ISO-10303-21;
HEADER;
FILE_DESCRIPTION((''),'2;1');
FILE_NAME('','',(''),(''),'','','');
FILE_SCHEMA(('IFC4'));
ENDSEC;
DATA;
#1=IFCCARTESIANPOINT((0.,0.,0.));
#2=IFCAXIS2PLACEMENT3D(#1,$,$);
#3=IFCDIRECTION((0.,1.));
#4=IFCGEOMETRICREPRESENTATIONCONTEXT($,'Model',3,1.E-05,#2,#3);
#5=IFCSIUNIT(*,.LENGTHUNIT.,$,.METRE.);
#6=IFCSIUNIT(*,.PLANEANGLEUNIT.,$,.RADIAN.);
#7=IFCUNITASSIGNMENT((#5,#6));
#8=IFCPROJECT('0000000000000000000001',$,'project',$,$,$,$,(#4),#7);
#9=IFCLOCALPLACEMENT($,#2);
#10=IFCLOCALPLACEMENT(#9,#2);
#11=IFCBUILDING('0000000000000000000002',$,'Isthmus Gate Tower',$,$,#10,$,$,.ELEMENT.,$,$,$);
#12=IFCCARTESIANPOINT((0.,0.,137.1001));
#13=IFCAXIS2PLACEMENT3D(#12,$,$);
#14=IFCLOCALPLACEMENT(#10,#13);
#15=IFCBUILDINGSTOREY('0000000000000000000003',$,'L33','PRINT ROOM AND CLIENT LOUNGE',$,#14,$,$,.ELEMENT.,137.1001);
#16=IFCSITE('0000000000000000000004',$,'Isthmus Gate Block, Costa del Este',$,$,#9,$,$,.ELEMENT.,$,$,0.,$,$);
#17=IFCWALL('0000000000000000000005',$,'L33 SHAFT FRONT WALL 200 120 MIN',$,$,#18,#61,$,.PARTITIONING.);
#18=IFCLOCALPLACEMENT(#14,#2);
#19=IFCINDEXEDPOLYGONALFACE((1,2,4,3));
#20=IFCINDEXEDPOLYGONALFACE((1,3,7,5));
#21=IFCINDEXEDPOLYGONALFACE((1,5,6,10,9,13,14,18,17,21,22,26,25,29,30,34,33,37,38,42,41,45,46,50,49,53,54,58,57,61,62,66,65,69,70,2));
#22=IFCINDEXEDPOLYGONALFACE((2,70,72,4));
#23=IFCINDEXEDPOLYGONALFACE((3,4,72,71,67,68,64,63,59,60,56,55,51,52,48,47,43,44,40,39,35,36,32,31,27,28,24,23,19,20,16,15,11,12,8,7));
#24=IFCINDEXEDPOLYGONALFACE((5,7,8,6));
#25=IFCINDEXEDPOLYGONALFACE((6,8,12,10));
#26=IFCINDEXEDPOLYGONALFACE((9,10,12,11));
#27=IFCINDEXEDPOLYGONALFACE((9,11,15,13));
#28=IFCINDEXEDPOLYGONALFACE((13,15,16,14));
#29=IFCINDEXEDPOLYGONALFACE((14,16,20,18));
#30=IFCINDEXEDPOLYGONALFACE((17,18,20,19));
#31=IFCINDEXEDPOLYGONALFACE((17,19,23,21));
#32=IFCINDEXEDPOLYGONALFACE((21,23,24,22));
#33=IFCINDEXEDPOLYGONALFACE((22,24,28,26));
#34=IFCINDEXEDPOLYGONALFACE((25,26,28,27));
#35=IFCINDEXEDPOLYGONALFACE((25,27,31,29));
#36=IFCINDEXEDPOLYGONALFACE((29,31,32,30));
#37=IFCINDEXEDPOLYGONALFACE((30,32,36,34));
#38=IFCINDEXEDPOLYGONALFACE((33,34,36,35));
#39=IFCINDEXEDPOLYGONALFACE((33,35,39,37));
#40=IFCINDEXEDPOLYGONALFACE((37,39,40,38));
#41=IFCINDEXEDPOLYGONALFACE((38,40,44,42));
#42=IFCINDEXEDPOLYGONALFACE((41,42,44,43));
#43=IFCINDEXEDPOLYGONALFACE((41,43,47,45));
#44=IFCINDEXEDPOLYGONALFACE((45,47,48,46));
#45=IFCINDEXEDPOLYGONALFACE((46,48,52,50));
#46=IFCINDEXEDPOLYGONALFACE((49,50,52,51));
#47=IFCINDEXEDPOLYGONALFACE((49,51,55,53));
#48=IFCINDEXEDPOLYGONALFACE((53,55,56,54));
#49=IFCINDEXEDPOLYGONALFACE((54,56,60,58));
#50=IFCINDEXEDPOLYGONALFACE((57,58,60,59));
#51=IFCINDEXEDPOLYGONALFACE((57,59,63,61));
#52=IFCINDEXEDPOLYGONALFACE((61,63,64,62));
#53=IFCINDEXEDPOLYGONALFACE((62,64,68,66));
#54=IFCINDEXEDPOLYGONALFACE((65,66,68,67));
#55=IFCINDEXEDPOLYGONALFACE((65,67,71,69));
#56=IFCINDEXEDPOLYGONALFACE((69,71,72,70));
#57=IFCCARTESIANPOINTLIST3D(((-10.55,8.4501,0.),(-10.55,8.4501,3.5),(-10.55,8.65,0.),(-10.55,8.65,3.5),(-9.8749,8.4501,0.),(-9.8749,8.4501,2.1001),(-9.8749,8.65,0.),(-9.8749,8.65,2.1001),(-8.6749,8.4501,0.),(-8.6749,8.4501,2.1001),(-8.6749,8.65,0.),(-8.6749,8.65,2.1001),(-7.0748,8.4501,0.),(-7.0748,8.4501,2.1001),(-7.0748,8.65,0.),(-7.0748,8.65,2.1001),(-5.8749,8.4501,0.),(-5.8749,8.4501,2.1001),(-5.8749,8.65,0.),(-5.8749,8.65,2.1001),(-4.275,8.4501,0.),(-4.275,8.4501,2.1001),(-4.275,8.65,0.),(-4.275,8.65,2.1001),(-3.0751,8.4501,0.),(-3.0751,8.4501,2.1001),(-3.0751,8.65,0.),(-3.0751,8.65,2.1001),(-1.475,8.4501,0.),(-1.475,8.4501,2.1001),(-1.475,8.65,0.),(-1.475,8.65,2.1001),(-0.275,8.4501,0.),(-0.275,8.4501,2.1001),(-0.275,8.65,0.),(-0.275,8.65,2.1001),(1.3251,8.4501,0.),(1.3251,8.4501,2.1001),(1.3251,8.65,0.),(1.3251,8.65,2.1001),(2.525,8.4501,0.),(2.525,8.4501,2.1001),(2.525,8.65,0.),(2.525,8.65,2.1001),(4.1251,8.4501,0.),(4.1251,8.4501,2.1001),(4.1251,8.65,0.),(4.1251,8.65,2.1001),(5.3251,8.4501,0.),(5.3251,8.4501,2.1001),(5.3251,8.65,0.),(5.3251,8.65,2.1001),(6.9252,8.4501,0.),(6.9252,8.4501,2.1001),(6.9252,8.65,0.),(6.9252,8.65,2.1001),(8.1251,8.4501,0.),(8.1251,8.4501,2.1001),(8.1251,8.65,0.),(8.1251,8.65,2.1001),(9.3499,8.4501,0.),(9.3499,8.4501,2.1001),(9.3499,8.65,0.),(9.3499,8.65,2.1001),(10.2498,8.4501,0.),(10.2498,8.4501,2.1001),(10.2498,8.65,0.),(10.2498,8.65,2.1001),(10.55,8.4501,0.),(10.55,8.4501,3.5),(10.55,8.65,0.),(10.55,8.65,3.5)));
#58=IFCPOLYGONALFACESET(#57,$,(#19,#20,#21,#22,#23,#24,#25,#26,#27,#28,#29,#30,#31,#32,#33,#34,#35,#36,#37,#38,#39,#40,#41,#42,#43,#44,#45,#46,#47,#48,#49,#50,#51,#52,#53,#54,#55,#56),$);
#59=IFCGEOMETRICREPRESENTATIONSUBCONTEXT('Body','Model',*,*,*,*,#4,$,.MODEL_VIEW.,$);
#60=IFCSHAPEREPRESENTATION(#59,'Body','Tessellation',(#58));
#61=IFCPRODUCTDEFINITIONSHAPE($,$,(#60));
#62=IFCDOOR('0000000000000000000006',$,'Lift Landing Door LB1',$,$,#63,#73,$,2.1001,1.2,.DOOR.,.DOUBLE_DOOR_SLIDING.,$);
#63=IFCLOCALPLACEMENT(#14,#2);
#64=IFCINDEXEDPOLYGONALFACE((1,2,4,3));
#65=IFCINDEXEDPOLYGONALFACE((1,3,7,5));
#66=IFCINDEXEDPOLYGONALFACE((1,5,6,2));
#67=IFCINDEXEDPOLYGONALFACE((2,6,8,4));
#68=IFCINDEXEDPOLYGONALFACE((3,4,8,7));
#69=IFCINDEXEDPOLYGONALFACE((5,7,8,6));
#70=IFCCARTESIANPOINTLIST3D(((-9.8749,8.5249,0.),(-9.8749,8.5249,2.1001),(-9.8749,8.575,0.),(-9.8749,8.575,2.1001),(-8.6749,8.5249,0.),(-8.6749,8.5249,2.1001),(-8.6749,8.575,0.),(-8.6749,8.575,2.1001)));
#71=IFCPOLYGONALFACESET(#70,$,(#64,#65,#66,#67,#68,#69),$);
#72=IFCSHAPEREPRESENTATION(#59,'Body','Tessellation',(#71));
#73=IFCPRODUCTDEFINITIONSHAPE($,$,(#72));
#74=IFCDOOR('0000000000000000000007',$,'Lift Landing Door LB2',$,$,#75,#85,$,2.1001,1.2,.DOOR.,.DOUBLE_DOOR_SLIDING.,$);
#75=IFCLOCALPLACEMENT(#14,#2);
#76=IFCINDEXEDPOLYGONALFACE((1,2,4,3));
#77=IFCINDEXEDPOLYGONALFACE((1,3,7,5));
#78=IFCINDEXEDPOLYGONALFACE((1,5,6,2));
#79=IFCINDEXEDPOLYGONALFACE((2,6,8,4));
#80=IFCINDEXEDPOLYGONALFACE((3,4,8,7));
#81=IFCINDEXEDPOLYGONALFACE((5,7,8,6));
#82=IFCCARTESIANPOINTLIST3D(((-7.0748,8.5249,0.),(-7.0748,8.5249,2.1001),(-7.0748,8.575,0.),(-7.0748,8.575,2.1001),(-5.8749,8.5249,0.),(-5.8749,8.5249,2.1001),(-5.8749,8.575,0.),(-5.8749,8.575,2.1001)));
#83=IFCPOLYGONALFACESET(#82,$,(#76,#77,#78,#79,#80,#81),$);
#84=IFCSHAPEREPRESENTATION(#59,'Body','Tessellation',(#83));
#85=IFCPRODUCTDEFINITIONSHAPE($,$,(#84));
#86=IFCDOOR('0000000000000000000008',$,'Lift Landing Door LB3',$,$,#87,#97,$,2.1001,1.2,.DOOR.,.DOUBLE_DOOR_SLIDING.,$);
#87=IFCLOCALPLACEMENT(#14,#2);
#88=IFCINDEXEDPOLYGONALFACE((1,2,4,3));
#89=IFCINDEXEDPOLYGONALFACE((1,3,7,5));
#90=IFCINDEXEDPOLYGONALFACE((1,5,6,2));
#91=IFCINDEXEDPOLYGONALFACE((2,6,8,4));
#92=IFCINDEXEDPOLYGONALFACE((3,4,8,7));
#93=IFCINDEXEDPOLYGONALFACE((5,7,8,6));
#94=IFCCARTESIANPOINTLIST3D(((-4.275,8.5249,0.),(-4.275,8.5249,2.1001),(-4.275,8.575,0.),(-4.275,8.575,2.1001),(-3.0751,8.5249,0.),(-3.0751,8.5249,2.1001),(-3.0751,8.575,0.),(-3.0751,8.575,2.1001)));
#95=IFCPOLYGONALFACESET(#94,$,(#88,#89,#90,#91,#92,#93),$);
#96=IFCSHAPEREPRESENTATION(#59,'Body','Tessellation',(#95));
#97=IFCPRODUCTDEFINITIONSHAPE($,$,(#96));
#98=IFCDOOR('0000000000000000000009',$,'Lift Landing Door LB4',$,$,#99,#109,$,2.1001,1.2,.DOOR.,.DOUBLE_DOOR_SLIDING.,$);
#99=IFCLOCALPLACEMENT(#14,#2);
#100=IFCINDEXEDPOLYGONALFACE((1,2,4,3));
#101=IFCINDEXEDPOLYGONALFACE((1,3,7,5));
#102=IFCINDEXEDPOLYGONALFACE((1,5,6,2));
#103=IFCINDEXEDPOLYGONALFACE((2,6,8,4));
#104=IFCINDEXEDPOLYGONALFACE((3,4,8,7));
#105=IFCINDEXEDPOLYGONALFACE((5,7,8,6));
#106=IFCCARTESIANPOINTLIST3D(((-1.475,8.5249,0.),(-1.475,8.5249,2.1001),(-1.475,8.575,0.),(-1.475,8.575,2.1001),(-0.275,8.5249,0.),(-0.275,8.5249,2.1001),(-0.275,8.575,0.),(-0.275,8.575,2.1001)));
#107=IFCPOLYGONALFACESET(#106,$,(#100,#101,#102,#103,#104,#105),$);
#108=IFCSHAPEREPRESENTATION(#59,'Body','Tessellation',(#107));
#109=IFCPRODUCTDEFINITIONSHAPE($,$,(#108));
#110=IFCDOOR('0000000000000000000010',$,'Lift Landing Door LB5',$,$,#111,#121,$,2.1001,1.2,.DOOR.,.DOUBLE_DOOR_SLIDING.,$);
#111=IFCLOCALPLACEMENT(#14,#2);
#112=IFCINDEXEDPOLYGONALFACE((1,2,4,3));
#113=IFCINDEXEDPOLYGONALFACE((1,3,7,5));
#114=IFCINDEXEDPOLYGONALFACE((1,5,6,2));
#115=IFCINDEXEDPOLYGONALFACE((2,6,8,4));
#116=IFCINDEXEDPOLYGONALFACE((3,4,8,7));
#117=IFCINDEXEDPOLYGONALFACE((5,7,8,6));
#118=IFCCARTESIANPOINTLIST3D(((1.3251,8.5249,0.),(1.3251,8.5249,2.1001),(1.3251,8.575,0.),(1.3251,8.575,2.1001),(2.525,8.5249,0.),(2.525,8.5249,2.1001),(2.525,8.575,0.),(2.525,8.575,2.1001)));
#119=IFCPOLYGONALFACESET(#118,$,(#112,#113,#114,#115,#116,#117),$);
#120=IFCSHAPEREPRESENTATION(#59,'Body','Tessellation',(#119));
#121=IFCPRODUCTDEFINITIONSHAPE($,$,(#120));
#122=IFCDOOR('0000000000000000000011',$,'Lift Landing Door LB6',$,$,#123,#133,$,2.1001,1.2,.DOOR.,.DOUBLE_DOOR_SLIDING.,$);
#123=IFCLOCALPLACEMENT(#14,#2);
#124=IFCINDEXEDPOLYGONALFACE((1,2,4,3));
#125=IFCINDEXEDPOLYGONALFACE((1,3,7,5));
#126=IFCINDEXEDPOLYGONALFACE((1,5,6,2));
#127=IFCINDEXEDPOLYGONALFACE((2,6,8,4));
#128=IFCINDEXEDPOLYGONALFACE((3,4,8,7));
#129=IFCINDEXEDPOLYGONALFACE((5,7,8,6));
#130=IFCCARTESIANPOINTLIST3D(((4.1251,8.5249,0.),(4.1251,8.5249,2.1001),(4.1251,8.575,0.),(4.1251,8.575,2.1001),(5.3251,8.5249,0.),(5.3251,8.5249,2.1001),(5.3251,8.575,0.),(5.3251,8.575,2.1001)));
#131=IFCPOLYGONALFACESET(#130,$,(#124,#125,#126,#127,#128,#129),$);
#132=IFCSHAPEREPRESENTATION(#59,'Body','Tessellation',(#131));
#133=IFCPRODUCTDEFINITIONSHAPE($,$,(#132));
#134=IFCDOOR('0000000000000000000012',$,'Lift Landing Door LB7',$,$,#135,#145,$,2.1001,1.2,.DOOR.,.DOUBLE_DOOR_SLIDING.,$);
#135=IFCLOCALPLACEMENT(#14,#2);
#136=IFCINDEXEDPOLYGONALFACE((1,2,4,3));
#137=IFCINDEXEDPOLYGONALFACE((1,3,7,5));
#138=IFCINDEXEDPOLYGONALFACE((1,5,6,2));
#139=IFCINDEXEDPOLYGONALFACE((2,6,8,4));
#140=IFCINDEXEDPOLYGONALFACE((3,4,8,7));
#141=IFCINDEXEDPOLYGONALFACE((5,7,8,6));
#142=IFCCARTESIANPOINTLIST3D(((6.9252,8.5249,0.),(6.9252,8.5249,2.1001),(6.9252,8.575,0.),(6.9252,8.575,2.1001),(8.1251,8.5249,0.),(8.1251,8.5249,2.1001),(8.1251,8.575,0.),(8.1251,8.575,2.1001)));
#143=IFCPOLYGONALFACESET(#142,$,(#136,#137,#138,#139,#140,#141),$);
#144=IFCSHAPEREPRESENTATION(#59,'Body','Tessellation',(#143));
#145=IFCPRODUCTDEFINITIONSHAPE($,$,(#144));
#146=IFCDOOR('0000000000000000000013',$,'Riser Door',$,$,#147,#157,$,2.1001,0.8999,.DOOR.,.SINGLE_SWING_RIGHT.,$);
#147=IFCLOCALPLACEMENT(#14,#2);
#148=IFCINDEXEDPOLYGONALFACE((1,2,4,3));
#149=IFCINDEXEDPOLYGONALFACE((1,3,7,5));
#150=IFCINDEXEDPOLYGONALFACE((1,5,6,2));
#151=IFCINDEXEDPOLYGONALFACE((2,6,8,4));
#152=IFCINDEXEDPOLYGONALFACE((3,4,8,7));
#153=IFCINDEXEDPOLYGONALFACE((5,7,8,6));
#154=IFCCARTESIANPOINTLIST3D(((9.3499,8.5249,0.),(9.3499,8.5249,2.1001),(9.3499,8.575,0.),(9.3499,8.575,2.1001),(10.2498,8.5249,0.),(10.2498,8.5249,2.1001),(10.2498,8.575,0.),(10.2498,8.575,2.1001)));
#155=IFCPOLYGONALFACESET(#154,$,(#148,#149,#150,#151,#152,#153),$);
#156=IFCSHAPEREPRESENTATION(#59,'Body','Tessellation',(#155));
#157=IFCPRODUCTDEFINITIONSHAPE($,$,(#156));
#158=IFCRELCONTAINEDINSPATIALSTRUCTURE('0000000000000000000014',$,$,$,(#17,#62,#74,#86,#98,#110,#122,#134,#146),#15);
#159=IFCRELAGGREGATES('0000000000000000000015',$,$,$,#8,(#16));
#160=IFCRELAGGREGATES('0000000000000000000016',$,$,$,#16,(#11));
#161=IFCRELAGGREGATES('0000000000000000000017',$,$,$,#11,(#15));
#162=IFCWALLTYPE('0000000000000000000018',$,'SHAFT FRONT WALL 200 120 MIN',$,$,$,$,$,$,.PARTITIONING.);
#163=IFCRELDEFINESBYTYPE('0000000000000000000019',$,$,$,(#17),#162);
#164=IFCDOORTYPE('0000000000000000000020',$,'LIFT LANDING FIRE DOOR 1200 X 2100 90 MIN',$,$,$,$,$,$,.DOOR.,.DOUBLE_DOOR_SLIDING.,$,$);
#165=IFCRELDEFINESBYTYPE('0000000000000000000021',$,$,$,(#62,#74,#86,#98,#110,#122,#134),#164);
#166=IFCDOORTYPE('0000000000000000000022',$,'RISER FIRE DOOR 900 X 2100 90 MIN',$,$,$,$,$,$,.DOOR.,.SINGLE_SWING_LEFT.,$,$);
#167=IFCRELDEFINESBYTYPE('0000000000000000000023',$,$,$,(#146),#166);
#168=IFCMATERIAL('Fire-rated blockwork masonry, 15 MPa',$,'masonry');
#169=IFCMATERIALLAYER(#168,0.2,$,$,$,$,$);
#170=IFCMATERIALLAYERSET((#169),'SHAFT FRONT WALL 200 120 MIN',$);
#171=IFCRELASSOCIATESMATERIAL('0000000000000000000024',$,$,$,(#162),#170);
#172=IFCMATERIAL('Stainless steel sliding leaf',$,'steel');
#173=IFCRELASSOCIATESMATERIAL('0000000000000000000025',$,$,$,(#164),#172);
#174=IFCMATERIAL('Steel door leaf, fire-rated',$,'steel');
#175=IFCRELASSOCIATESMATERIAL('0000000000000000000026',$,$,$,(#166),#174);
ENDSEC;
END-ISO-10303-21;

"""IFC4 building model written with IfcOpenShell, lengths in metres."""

from ifc_helpers import new_model, si_unit, direction, frame, frame_2d, origin, place, context, subcontext, project, spatial, rectangle, extrude, material, layer, layer_set, type_object, element, fill, save


model = new_model("IFC4")

# Units and contexts
model_context = context("Model", 3, precision=1e-05, world=origin(), true_north=direction((0.0, 1.0)))
body_context = subcontext(model_context, "Body", "Model", "MODEL_VIEW")
ifc_project = project(units=[si_unit("LENGTHUNIT", "METRE"), si_unit("PLANEANGLEUNIT", "RADIAN")], contexts=[model_context])

# Site, building, storey
site_placement = place(None, origin())
site = spatial("IfcSite", under=ifc_project, at=site_placement, Name="Isthmus Gate Block, Costa del Este", CompositionType="ELEMENT", RefElevation=0.0)
building_placement = place(site_placement, origin())
building = spatial("IfcBuilding", under=site, at=building_placement, Name="Isthmus Gate Tower", CompositionType="ELEMENT")
storey_placement = place(building_placement, frame((0.0, 0.0, 137.1001)))
storey = spatial("IfcBuildingStorey", under=building, at=storey_placement, Name="L33", Description="PRINT ROOM AND CLIENT LOUNGE", CompositionType="ELEMENT", Elevation=137.1001)

# Wall, openings, doors
ifc_material_1 = material(Name="Fire-rated blockwork masonry, 15 MPa", Category="masonry")
ifc_layer_1 = layer(ifc_material_1, 0.2)
ifc_layer_set_1 = layer_set([ifc_layer_1], Name="SHAFT FRONT WALL 200 120 MIN")
wall_type_1 = type_object("IfcWallType", Name="SHAFT FRONT WALL 200 120 MIN", PredefinedType="PARTITIONING", material=ifc_layer_set_1)
wall_1_placement = place(storey_placement, frame((-10.55, 8.55, 0.0), z_axis=(0.0, 0.0, 1.0), x_axis=(1.0, 0.0, 0.0)))
wall_1 = element("IfcWall", 1, at=wall_1_placement, inside=storey, type_object=wall_type_1, Name="L33 SHAFT FRONT WALL 200 120 MIN", PredefinedType="PARTITIONING", context=body_context, shape_type="SweptSolid", body=[
    extrude(rectangle(XDim=21.1001, YDim=0.2, at=frame_2d((10.55, 0.0))), origin(), (0.0, 0.0, 1.0), 3.5),
])
opening_1_placement = place(wall_1_placement, frame((0.675, 0.0, 0.0)))
opening_1 = element("IfcOpeningElement", 2, at=opening_1_placement, cuts=wall_1, PredefinedType="OPENING", context=body_context, shape_type="SweptSolid", body=[
    extrude(rectangle(XDim=1.2, YDim=2.1001, at=frame_2d((0.6001, 1.05))), frame((0.0, 0.1099, 0.0), z_axis=(0.0, -1.0, 0.0), x_axis=(1.0, 0.0, 0.0)), (0.0, 0.0, 1.0), 0.22),
])
opening_2_placement = place(wall_1_placement, frame((3.4751, 0.0, 0.0)))
opening_2 = element("IfcOpeningElement", 3, at=opening_2_placement, cuts=wall_1, PredefinedType="OPENING", context=body_context, shape_type="SweptSolid", body=[
    extrude(rectangle(XDim=1.2, YDim=2.1001, at=frame_2d((0.6001, 1.05))), frame((0.0, 0.1099, 0.0), z_axis=(0.0, -1.0, 0.0), x_axis=(1.0, 0.0, 0.0)), (0.0, 0.0, 1.0), 0.22),
])
opening_3_placement = place(wall_1_placement, frame((6.2749, 0.0, 0.0)))
opening_3 = element("IfcOpeningElement", 4, at=opening_3_placement, cuts=wall_1, PredefinedType="OPENING", context=body_context, shape_type="SweptSolid", body=[
    extrude(rectangle(XDim=1.2, YDim=2.1001, at=frame_2d((0.6001, 1.05))), frame((0.0, 0.1099, 0.0), z_axis=(0.0, -1.0, 0.0), x_axis=(1.0, 0.0, 0.0)), (0.0, 0.0, 1.0), 0.22),
])
opening_4_placement = place(wall_1_placement, frame((9.075, 0.0, 0.0)))
opening_4 = element("IfcOpeningElement", 5, at=opening_4_placement, cuts=wall_1, PredefinedType="OPENING", context=body_context, shape_type="SweptSolid", body=[
    extrude(rectangle(XDim=1.2, YDim=2.1001, at=frame_2d((0.6001, 1.05))), frame((0.0, 0.1099, 0.0), z_axis=(0.0, -1.0, 0.0), x_axis=(1.0, 0.0, 0.0)), (0.0, 0.0, 1.0), 0.22),
])
opening_5_placement = place(wall_1_placement, frame((11.875, 0.0, 0.0)))
opening_5 = element("IfcOpeningElement", 6, at=opening_5_placement, cuts=wall_1, PredefinedType="OPENING", context=body_context, shape_type="SweptSolid", body=[
    extrude(rectangle(XDim=1.2, YDim=2.1001, at=frame_2d((0.6001, 1.05))), frame((0.0, 0.1099, 0.0), z_axis=(0.0, -1.0, 0.0), x_axis=(1.0, 0.0, 0.0)), (0.0, 0.0, 1.0), 0.22),
])
opening_6_placement = place(wall_1_placement, frame((14.675, 0.0, 0.0)))
opening_6 = element("IfcOpeningElement", 7, at=opening_6_placement, cuts=wall_1, PredefinedType="OPENING", context=body_context, shape_type="SweptSolid", body=[
    extrude(rectangle(XDim=1.2, YDim=2.1001, at=frame_2d((0.6001, 1.05))), frame((0.0, 0.1099, 0.0), z_axis=(0.0, -1.0, 0.0), x_axis=(1.0, 0.0, 0.0)), (0.0, 0.0, 1.0), 0.22),
])
opening_7_placement = place(wall_1_placement, frame((17.4751, 0.0, 0.0)))
opening_7 = element("IfcOpeningElement", 8, at=opening_7_placement, cuts=wall_1, PredefinedType="OPENING", context=body_context, shape_type="SweptSolid", body=[
    extrude(rectangle(XDim=1.2, YDim=2.1001, at=frame_2d((0.6001, 1.05))), frame((0.0, 0.1099, 0.0), z_axis=(0.0, -1.0, 0.0), x_axis=(1.0, 0.0, 0.0)), (0.0, 0.0, 1.0), 0.22),
])
opening_8_placement = place(wall_1_placement, frame((19.8999, 0.0, 0.0)))
opening_8 = element("IfcOpeningElement", 9, at=opening_8_placement, cuts=wall_1, PredefinedType="OPENING", context=body_context, shape_type="SweptSolid", body=[
    extrude(rectangle(XDim=0.8999, YDim=2.1001, at=frame_2d((0.45, 1.05))), frame((0.0, 0.1099, 0.0), z_axis=(0.0, -1.0, 0.0), x_axis=(1.0, 0.0, 0.0)), (0.0, 0.0, 1.0), 0.22),
])
ifc_material_2 = material(Name="Stainless steel sliding leaf", Category="steel")
door_type_1 = type_object("IfcDoorType", Name="LIFT LANDING FIRE DOOR 1200 X 2100 90 MIN", OperationType="DOUBLE_DOOR_SLIDING", PredefinedType="DOOR", material=ifc_material_2)
door_1_placement = place(opening_1_placement, origin())
door_1 = element("IfcDoor", 10, at=door_1_placement, inside=storey, type_object=door_type_1, Name="Lift Landing Door LB1", OperationType="DOUBLE_DOOR_SLIDING", OverallHeight=2.1001, OverallWidth=1.2, PredefinedType="DOOR", context=body_context, shape_type="SweptSolid", body=[
    extrude(rectangle(XDim=1.2, YDim=2.1001, at=frame_2d((0.6001, 1.05))), frame((0.0, 0.0249, 0.0), z_axis=(0.0, -1.0, 0.0), x_axis=(1.0, 0.0, 0.0)), (0.0, 0.0, 1.0), 0.05),
])
fill(opening_1, door_1)
door_2_placement = place(opening_2_placement, origin())
door_2 = element("IfcDoor", 11, at=door_2_placement, inside=storey, type_object=door_type_1, Name="Lift Landing Door LB2", OperationType="DOUBLE_DOOR_SLIDING", OverallHeight=2.1001, OverallWidth=1.2, PredefinedType="DOOR", context=body_context, shape_type="SweptSolid", body=[
    extrude(rectangle(XDim=1.2, YDim=2.1001, at=frame_2d((0.6001, 1.05))), frame((0.0, 0.0249, 0.0), z_axis=(0.0, -1.0, 0.0), x_axis=(1.0, 0.0, 0.0)), (0.0, 0.0, 1.0), 0.05),
])
fill(opening_2, door_2)
door_3_placement = place(opening_3_placement, origin())
door_3 = element("IfcDoor", 12, at=door_3_placement, inside=storey, type_object=door_type_1, Name="Lift Landing Door LB3", OperationType="DOUBLE_DOOR_SLIDING", OverallHeight=2.1001, OverallWidth=1.2, PredefinedType="DOOR", context=body_context, shape_type="SweptSolid", body=[
    extrude(rectangle(XDim=1.2, YDim=2.1001, at=frame_2d((0.6001, 1.05))), frame((0.0, 0.0249, 0.0), z_axis=(0.0, -1.0, 0.0), x_axis=(1.0, 0.0, 0.0)), (0.0, 0.0, 1.0), 0.05),
])
fill(opening_3, door_3)
door_4_placement = place(opening_4_placement, origin())
door_4 = element("IfcDoor", 13, at=door_4_placement, inside=storey, type_object=door_type_1, Name="Lift Landing Door LB4", OperationType="DOUBLE_DOOR_SLIDING", OverallHeight=2.1001, OverallWidth=1.2, PredefinedType="DOOR", context=body_context, shape_type="SweptSolid", body=[
    extrude(rectangle(XDim=1.2, YDim=2.1001, at=frame_2d((0.6001, 1.05))), frame((0.0, 0.0249, 0.0), z_axis=(0.0, -1.0, 0.0), x_axis=(1.0, 0.0, 0.0)), (0.0, 0.0, 1.0), 0.05),
])
fill(opening_4, door_4)
door_5_placement = place(opening_5_placement, origin())
door_5 = element("IfcDoor", 14, at=door_5_placement, inside=storey, type_object=door_type_1, Name="Lift Landing Door LB5", OperationType="DOUBLE_DOOR_SLIDING", OverallHeight=2.1001, OverallWidth=1.2, PredefinedType="DOOR", context=body_context, shape_type="SweptSolid", body=[
    extrude(rectangle(XDim=1.2, YDim=2.1001, at=frame_2d((0.6001, 1.05))), frame((0.0, 0.0249, 0.0), z_axis=(0.0, -1.0, 0.0), x_axis=(1.0, 0.0, 0.0)), (0.0, 0.0, 1.0), 0.05),
])
fill(opening_5, door_5)
door_6_placement = place(opening_6_placement, origin())
door_6 = element("IfcDoor", 15, at=door_6_placement, inside=storey, type_object=door_type_1, Name="Lift Landing Door LB6", OperationType="DOUBLE_DOOR_SLIDING", OverallHeight=2.1001, OverallWidth=1.2, PredefinedType="DOOR", context=body_context, shape_type="SweptSolid", body=[
    extrude(rectangle(XDim=1.2, YDim=2.1001, at=frame_2d((0.6001, 1.05))), frame((0.0, 0.0249, 0.0), z_axis=(0.0, -1.0, 0.0), x_axis=(1.0, 0.0, 0.0)), (0.0, 0.0, 1.0), 0.05),
])
fill(opening_6, door_6)
door_7_placement = place(opening_7_placement, origin())
door_7 = element("IfcDoor", 16, at=door_7_placement, inside=storey, type_object=door_type_1, Name="Lift Landing Door LB7", OperationType="DOUBLE_DOOR_SLIDING", OverallHeight=2.1001, OverallWidth=1.2, PredefinedType="DOOR", context=body_context, shape_type="SweptSolid", body=[
    extrude(rectangle(XDim=1.2, YDim=2.1001, at=frame_2d((0.6001, 1.05))), frame((0.0, 0.0249, 0.0), z_axis=(0.0, -1.0, 0.0), x_axis=(1.0, 0.0, 0.0)), (0.0, 0.0, 1.0), 0.05),
])
fill(opening_7, door_7)
ifc_material_3 = material(Name="Steel door leaf, fire-rated", Category="steel")
door_type_2 = type_object("IfcDoorType", Name="RISER FIRE DOOR 900 X 2100 90 MIN", OperationType="SINGLE_SWING_LEFT", PredefinedType="DOOR", material=ifc_material_3)
door_8_placement = place(opening_8_placement, origin())
door_8 = element("IfcDoor", 17, at=door_8_placement, inside=storey, type_object=door_type_2, Name="Riser Door", OperationType="SINGLE_SWING_RIGHT", OverallHeight=2.1001, OverallWidth=0.8999, PredefinedType="DOOR", context=body_context, shape_type="SweptSolid", body=[
    extrude(rectangle(XDim=0.8999, YDim=2.1001, at=frame_2d((0.45, 1.05))), frame((0.0, 0.0249, 0.0), z_axis=(0.0, -1.0, 0.0), x_axis=(1.0, 0.0, 0.0)), (0.0, 0.0, 1.0), 0.05),
])
fill(opening_8, door_8)

save(model, "model.ifc")
